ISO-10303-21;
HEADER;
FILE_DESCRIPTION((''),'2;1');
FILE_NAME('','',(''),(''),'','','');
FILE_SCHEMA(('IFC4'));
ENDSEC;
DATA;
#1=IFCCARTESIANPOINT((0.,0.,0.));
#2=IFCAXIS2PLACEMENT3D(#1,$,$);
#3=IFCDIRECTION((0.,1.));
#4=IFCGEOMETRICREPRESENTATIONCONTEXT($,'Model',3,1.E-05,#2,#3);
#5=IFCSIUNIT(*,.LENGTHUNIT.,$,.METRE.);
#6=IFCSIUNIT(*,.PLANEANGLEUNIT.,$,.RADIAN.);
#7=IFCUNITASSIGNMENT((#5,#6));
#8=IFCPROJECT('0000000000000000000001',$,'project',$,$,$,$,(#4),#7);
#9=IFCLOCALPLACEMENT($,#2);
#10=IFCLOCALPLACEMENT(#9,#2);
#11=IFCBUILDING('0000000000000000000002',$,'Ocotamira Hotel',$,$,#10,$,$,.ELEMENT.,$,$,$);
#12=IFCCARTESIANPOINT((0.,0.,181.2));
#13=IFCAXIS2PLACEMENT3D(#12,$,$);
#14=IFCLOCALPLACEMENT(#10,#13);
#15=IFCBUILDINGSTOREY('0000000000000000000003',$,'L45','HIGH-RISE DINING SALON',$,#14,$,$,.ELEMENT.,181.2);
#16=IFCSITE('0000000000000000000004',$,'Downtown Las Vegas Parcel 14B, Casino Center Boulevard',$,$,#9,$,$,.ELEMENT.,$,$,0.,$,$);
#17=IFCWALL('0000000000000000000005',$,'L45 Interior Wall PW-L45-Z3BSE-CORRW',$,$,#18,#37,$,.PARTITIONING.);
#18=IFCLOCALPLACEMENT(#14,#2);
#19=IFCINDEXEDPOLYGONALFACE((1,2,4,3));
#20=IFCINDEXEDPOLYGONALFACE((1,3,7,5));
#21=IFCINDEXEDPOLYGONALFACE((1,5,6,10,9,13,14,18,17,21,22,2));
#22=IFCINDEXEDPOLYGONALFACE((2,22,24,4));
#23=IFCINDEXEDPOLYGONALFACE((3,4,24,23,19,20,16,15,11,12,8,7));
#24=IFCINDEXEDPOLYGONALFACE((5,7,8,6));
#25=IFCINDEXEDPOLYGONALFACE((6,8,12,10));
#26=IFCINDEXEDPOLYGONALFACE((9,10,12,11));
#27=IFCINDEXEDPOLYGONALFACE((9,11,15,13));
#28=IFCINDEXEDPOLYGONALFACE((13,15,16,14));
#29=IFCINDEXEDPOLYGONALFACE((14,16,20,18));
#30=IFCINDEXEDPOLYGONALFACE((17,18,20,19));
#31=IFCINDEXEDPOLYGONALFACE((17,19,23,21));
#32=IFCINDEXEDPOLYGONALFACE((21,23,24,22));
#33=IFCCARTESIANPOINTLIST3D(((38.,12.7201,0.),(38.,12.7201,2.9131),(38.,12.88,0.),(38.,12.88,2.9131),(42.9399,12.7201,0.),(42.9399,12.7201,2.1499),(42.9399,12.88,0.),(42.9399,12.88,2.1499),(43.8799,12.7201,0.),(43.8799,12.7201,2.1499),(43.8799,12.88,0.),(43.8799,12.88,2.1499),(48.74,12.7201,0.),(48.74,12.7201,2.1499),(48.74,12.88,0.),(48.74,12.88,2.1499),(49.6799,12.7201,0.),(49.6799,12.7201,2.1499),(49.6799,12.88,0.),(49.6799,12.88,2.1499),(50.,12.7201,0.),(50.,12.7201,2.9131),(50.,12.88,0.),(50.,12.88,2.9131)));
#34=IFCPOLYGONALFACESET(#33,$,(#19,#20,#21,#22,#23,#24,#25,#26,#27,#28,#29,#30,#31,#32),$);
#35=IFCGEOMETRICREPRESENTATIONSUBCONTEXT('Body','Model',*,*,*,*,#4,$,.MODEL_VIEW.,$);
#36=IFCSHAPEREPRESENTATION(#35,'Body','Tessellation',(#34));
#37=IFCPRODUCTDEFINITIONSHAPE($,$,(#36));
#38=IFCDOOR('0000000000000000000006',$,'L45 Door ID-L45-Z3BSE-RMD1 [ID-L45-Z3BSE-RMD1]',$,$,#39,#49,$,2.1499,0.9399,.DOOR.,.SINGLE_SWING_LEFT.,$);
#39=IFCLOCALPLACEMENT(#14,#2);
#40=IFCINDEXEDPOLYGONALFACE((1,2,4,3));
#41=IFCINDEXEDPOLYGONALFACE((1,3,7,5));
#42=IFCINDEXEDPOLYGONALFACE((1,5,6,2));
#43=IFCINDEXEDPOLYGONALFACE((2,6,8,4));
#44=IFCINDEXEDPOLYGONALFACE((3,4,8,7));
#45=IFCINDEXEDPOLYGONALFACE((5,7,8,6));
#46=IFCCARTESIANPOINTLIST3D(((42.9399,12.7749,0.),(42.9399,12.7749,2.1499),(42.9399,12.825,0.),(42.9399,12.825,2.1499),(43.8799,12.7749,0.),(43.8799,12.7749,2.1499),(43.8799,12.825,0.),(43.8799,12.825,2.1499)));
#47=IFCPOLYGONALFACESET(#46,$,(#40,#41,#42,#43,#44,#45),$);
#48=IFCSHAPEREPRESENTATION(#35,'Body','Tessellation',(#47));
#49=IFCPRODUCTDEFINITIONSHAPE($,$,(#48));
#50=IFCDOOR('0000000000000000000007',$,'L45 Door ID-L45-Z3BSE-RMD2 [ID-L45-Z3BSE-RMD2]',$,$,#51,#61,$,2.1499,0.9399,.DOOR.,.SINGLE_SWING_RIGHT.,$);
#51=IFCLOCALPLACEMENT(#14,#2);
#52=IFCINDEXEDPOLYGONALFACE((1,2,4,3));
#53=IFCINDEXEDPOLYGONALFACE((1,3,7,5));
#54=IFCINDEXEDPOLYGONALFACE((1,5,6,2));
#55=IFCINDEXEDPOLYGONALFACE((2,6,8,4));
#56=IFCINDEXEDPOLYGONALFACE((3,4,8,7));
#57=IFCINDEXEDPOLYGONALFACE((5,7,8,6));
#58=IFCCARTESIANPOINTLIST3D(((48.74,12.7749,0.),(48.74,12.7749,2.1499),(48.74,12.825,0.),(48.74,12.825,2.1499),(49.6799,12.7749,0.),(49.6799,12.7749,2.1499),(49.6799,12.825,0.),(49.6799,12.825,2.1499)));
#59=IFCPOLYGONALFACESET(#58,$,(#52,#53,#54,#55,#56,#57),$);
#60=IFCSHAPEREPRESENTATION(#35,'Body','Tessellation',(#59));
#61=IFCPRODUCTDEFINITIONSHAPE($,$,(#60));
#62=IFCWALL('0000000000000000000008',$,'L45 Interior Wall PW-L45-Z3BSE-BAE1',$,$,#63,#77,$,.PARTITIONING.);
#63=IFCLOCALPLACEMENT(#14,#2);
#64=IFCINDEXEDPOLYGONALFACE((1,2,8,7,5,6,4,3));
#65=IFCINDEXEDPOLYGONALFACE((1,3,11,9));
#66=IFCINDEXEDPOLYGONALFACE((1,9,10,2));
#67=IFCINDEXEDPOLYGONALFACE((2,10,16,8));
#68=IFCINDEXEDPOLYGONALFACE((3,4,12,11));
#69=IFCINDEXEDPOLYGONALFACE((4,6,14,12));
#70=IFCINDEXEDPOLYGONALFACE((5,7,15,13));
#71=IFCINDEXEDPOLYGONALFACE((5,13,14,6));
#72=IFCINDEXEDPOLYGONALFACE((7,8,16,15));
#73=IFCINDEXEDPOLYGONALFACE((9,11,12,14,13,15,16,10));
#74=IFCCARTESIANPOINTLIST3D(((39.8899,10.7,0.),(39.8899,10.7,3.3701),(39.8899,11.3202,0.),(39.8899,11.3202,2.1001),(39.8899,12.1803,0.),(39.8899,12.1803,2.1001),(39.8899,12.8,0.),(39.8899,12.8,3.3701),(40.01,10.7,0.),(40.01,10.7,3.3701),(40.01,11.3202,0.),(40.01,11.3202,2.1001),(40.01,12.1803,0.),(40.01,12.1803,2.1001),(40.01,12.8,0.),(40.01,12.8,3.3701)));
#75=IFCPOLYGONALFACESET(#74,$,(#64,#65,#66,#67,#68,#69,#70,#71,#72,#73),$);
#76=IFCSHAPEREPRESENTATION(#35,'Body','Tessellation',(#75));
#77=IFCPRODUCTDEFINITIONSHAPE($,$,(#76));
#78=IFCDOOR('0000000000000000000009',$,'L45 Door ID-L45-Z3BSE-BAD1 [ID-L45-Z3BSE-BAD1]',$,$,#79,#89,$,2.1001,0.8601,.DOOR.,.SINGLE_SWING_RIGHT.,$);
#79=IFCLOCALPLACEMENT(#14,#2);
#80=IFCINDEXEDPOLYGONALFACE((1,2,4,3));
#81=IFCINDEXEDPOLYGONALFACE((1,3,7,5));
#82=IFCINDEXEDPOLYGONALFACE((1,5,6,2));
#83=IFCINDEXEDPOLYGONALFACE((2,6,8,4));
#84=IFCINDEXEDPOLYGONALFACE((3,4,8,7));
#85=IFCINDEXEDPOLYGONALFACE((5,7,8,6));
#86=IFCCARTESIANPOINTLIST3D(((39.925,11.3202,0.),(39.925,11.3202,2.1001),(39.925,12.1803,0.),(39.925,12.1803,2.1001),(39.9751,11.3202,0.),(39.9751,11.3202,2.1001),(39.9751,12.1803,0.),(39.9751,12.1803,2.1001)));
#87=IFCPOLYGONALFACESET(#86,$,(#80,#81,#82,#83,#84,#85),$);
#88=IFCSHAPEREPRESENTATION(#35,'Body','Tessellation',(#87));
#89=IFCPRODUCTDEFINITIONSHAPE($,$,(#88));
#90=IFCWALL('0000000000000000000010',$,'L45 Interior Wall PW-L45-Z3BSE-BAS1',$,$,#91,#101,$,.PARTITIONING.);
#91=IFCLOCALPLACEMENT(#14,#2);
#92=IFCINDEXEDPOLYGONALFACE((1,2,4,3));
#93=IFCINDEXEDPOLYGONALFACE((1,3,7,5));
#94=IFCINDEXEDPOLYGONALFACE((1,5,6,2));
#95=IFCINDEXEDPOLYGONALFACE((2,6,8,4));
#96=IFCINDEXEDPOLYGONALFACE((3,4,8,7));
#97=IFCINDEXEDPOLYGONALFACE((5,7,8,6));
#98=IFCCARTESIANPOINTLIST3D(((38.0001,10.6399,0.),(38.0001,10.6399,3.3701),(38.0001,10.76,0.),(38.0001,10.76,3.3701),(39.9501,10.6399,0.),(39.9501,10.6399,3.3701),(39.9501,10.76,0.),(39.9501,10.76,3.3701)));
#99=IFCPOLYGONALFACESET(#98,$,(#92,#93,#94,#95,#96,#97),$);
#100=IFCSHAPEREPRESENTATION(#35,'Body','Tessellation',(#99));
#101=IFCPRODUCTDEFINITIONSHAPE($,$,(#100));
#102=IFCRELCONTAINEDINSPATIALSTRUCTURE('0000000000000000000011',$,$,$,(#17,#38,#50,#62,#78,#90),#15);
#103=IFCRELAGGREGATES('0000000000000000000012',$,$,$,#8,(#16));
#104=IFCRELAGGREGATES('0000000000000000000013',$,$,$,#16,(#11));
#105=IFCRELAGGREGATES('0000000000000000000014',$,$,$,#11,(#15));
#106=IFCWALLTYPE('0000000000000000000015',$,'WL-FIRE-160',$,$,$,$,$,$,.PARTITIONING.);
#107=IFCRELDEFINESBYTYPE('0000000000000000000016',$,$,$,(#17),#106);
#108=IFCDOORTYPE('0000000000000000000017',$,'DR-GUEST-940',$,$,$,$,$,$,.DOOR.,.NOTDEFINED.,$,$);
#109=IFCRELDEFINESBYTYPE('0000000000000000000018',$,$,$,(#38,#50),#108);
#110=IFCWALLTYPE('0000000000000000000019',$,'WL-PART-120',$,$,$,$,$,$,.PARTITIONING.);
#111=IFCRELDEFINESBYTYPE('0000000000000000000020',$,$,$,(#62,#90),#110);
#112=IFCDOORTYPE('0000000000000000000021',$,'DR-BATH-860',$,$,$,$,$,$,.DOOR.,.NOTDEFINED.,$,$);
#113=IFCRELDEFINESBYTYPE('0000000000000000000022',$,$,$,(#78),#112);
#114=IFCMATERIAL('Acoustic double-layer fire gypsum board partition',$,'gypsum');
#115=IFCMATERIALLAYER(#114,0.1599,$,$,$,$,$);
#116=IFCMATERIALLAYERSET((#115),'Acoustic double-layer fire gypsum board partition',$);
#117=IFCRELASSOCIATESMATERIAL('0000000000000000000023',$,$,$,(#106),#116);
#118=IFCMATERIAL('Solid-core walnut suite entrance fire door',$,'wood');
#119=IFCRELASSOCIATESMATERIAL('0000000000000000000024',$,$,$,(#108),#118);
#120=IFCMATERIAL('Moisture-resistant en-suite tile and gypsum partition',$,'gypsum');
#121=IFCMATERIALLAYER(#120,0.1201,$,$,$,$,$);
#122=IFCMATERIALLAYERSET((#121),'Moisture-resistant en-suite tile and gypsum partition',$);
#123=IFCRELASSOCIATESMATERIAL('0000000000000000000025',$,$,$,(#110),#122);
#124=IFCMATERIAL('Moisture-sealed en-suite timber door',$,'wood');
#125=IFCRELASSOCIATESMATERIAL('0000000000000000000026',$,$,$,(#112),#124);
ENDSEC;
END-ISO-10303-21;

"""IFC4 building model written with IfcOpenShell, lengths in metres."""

from ifc_helpers import new_model, si_unit, direction, frame, frame_2d, origin, place, context, subcontext, project, spatial, rectangle, extrude, source, transform, mapped, material, layer, layer_set, type_object, element, fill, save


model = new_model("IFC4")

# Units and contexts
model_context = context("Model", 3, precision=1e-05, world=origin(), true_north=direction((0.0, 1.0)))
body_context = subcontext(model_context, "Body", "Model", "MODEL_VIEW")
ifc_project = project(units=[si_unit("LENGTHUNIT", "METRE"), si_unit("PLANEANGLEUNIT", "RADIAN")], contexts=[model_context])

# Site, building, storey
site_placement = place(None, origin())
site = spatial("IfcSite", under=ifc_project, at=site_placement, Name="Downtown Las Vegas Parcel 14B, Casino Center Boulevard", CompositionType="ELEMENT", RefElevation=0.0)
building_placement = place(site_placement, origin())
building = spatial("IfcBuilding", under=site, at=building_placement, Name="Ocotamira Hotel", CompositionType="ELEMENT")
storey_placement = place(building_placement, frame((0.0, 0.0, 181.2)))
storey = spatial("IfcBuildingStorey", under=building, at=storey_placement, Name="L45", Description="HIGH-RISE DINING SALON", CompositionType="ELEMENT", Elevation=181.2)

# Wall, openings, doors
ifc_material_1 = material(Name="Acoustic double-layer fire gypsum board partition", Category="gypsum")
ifc_layer_1 = layer(ifc_material_1, 0.1599)
ifc_layer_set_1 = layer_set([ifc_layer_1], Name="Acoustic double-layer fire gypsum board partition")
wall_type_1 = type_object("IfcWallType", Name="WL-FIRE-160", PredefinedType="PARTITIONING", material=ifc_layer_set_1)
wall_1_placement = place(storey_placement, frame((38.0, 12.8, 0.0), z_axis=(0.0, 0.0, 1.0), x_axis=(1.0, 0.0, 0.0)))
wall_1 = element("IfcWall", 1, at=wall_1_placement, inside=storey, type_object=wall_type_1, Name="L45 Interior Wall PW-L45-Z3BSE-CORRW", PredefinedType="PARTITIONING", context=body_context, shape_type="SweptSolid", body=[
    extrude(rectangle(XDim=12.0, YDim=0.1599, at=frame_2d((6.0, 0.0))), origin(), (0.0, 0.0, 1.0), 2.9131),
])
opening_1_placement = place(wall_1_placement, frame((4.9399, 0.0, 0.0)))
opening_1 = element("IfcOpeningElement", 2, at=opening_1_placement, cuts=wall_1, PredefinedType="OPENING", context=body_context, shape_type="SweptSolid", body=[
    extrude(rectangle(XDim=0.9399, YDim=2.1499, at=frame_2d((0.47, 1.075))), frame((0.0, 0.0898, 0.0), z_axis=(0.0, -1.0, 0.0), x_axis=(1.0, 0.0, 0.0)), (0.0, 0.0, 1.0), 0.1799),
])
opening_2_placement = place(wall_1_placement, frame((10.74, 0.0, 0.0)))
opening_2 = element("IfcOpeningElement", 3, at=opening_2_placement, cuts=wall_1, PredefinedType="OPENING", context=body_context, shape_type="SweptSolid", body=[
    extrude(rectangle(XDim=0.9399, YDim=2.1499, at=frame_2d((0.47, 1.075))), frame((0.0, 0.0898, 0.0), z_axis=(0.0, -1.0, 0.0), x_axis=(1.0, 0.0, 0.0)), (0.0, 0.0, 1.0), 0.1799),
])
ifc_material_2 = material(Name="Solid-core walnut suite entrance fire door", Category="wood")
door_type_1 = type_object("IfcDoorType", Name="DR-GUEST-940", OperationType="NOTDEFINED", PredefinedType="DOOR", material=ifc_material_2)
shared_shape_1 = source(origin(), body_context, "Body", "SweptSolid", [
    extrude(rectangle(XDim=0.9399, YDim=2.1499, at=frame_2d((0.47, 1.075))), frame((0.0, 0.0249, 0.0), z_axis=(0.0, -1.0, 0.0), x_axis=(1.0, 0.0, 0.0)), (0.0, 0.0, 1.0), 0.05),
])
door_1_placement = place(opening_1_placement, origin())
door_1 = element("IfcDoor", 4, at=door_1_placement, inside=storey, type_object=door_type_1, Name="L45 Door ID-L45-Z3BSE-RMD1 [ID-L45-Z3BSE-RMD1]", OperationType="SINGLE_SWING_LEFT", OverallHeight=2.1499, OverallWidth=0.9399, PredefinedType="DOOR", context=body_context, shape_type="MappedRepresentation", body=[
    mapped(shared_shape_1, transform((0.0, 0.0, 0.0), scale=1.0)),
])
fill(opening_1, door_1)
door_2_placement = place(opening_2_placement, origin())
door_2 = element("IfcDoor", 5, at=door_2_placement, inside=storey, type_object=door_type_1, Name="L45 Door ID-L45-Z3BSE-RMD2 [ID-L45-Z3BSE-RMD2]", OperationType="SINGLE_SWING_RIGHT", OverallHeight=2.1499, OverallWidth=0.9399, PredefinedType="DOOR", context=body_context, shape_type="MappedRepresentation", body=[
    mapped(shared_shape_1, transform((0.0, 0.0, 0.0), scale=1.0)),
])
fill(opening_2, door_2)

# Wall, opening, door
ifc_material_3 = material(Name="Moisture-resistant en-suite tile and gypsum partition", Category="gypsum")
ifc_layer_2 = layer(ifc_material_3, 0.1201)
ifc_layer_set_2 = layer_set([ifc_layer_2], Name="Moisture-resistant en-suite tile and gypsum partition")
wall_type_2 = type_object("IfcWallType", Name="WL-PART-120", PredefinedType="PARTITIONING", material=ifc_layer_set_2)
wall_2_placement = place(storey_placement, frame((39.95, 10.7, 0.0), z_axis=(0.0, 0.0, 1.0), x_axis=(0.0, 1.0, 0.0)))
wall_2 = element("IfcWall", 6, at=wall_2_placement, inside=storey, type_object=wall_type_2, Name="L45 Interior Wall PW-L45-Z3BSE-BAE1", PredefinedType="PARTITIONING", context=body_context, shape_type="SweptSolid", body=[
    extrude(rectangle(XDim=2.1001, YDim=0.1201, at=frame_2d((1.05, 0.0))), origin(), (0.0, 0.0, 1.0), 3.3701),
])
opening_3_placement = place(wall_2_placement, frame((0.6201, 0.0, 0.0)))
opening_3 = element("IfcOpeningElement", 7, at=opening_3_placement, cuts=wall_2, PredefinedType="OPENING", context=body_context, shape_type="SweptSolid", body=[
    extrude(rectangle(XDim=0.8601, YDim=2.1001, at=frame_2d((0.4302, 1.05))), frame((0.0, 0.0701, 0.0), z_axis=(0.0, -1.0, 0.0), x_axis=(1.0, 0.0, 0.0)), (0.0, 0.0, 1.0), 0.1401),
])
ifc_material_4 = material(Name="Moisture-sealed en-suite timber door", Category="wood")
door_type_2 = type_object("IfcDoorType", Name="DR-BATH-860", OperationType="NOTDEFINED", PredefinedType="DOOR", material=ifc_material_4)
shared_shape_2 = source(origin(), body_context, "Body", "SweptSolid", [
    extrude(rectangle(XDim=0.8601, YDim=2.1001, at=frame_2d((0.4302, 1.05))), frame((0.0, 0.0249, 0.0), z_axis=(0.0, -1.0, 0.0), x_axis=(1.0, 0.0, 0.0)), (0.0, 0.0, 1.0), 0.05),
])
door_3_placement = place(opening_3_placement, origin())
door_3 = element("IfcDoor", 8, at=door_3_placement, inside=storey, type_object=door_type_2, Name="L45 Door ID-L45-Z3BSE-BAD1 [ID-L45-Z3BSE-BAD1]", OperationType="SINGLE_SWING_RIGHT", OverallHeight=2.1001, OverallWidth=0.8601, PredefinedType="DOOR", context=body_context, shape_type="MappedRepresentation", body=[
    mapped(shared_shape_2, transform((0.0, 0.0, 0.0), scale=1.0)),
])
fill(opening_3, door_3)

# Wall
wall_3_placement = place(storey_placement, frame((38.0, 10.7, 0.0), z_axis=(0.0, 0.0, 1.0), x_axis=(1.0, 0.0, 0.0)))
element("IfcWall", 9, at=wall_3_placement, inside=storey, type_object=wall_type_2, Name="L45 Interior Wall PW-L45-Z3BSE-BAS1", PredefinedType="PARTITIONING", context=body_context, shape_type="SweptSolid", body=[
    extrude(rectangle(XDim=1.95, YDim=0.1201, at=frame_2d((0.9751, 0.0))), origin(), (0.0, 0.0, 1.0), 3.3701),
])

save(model, "model.ifc")
